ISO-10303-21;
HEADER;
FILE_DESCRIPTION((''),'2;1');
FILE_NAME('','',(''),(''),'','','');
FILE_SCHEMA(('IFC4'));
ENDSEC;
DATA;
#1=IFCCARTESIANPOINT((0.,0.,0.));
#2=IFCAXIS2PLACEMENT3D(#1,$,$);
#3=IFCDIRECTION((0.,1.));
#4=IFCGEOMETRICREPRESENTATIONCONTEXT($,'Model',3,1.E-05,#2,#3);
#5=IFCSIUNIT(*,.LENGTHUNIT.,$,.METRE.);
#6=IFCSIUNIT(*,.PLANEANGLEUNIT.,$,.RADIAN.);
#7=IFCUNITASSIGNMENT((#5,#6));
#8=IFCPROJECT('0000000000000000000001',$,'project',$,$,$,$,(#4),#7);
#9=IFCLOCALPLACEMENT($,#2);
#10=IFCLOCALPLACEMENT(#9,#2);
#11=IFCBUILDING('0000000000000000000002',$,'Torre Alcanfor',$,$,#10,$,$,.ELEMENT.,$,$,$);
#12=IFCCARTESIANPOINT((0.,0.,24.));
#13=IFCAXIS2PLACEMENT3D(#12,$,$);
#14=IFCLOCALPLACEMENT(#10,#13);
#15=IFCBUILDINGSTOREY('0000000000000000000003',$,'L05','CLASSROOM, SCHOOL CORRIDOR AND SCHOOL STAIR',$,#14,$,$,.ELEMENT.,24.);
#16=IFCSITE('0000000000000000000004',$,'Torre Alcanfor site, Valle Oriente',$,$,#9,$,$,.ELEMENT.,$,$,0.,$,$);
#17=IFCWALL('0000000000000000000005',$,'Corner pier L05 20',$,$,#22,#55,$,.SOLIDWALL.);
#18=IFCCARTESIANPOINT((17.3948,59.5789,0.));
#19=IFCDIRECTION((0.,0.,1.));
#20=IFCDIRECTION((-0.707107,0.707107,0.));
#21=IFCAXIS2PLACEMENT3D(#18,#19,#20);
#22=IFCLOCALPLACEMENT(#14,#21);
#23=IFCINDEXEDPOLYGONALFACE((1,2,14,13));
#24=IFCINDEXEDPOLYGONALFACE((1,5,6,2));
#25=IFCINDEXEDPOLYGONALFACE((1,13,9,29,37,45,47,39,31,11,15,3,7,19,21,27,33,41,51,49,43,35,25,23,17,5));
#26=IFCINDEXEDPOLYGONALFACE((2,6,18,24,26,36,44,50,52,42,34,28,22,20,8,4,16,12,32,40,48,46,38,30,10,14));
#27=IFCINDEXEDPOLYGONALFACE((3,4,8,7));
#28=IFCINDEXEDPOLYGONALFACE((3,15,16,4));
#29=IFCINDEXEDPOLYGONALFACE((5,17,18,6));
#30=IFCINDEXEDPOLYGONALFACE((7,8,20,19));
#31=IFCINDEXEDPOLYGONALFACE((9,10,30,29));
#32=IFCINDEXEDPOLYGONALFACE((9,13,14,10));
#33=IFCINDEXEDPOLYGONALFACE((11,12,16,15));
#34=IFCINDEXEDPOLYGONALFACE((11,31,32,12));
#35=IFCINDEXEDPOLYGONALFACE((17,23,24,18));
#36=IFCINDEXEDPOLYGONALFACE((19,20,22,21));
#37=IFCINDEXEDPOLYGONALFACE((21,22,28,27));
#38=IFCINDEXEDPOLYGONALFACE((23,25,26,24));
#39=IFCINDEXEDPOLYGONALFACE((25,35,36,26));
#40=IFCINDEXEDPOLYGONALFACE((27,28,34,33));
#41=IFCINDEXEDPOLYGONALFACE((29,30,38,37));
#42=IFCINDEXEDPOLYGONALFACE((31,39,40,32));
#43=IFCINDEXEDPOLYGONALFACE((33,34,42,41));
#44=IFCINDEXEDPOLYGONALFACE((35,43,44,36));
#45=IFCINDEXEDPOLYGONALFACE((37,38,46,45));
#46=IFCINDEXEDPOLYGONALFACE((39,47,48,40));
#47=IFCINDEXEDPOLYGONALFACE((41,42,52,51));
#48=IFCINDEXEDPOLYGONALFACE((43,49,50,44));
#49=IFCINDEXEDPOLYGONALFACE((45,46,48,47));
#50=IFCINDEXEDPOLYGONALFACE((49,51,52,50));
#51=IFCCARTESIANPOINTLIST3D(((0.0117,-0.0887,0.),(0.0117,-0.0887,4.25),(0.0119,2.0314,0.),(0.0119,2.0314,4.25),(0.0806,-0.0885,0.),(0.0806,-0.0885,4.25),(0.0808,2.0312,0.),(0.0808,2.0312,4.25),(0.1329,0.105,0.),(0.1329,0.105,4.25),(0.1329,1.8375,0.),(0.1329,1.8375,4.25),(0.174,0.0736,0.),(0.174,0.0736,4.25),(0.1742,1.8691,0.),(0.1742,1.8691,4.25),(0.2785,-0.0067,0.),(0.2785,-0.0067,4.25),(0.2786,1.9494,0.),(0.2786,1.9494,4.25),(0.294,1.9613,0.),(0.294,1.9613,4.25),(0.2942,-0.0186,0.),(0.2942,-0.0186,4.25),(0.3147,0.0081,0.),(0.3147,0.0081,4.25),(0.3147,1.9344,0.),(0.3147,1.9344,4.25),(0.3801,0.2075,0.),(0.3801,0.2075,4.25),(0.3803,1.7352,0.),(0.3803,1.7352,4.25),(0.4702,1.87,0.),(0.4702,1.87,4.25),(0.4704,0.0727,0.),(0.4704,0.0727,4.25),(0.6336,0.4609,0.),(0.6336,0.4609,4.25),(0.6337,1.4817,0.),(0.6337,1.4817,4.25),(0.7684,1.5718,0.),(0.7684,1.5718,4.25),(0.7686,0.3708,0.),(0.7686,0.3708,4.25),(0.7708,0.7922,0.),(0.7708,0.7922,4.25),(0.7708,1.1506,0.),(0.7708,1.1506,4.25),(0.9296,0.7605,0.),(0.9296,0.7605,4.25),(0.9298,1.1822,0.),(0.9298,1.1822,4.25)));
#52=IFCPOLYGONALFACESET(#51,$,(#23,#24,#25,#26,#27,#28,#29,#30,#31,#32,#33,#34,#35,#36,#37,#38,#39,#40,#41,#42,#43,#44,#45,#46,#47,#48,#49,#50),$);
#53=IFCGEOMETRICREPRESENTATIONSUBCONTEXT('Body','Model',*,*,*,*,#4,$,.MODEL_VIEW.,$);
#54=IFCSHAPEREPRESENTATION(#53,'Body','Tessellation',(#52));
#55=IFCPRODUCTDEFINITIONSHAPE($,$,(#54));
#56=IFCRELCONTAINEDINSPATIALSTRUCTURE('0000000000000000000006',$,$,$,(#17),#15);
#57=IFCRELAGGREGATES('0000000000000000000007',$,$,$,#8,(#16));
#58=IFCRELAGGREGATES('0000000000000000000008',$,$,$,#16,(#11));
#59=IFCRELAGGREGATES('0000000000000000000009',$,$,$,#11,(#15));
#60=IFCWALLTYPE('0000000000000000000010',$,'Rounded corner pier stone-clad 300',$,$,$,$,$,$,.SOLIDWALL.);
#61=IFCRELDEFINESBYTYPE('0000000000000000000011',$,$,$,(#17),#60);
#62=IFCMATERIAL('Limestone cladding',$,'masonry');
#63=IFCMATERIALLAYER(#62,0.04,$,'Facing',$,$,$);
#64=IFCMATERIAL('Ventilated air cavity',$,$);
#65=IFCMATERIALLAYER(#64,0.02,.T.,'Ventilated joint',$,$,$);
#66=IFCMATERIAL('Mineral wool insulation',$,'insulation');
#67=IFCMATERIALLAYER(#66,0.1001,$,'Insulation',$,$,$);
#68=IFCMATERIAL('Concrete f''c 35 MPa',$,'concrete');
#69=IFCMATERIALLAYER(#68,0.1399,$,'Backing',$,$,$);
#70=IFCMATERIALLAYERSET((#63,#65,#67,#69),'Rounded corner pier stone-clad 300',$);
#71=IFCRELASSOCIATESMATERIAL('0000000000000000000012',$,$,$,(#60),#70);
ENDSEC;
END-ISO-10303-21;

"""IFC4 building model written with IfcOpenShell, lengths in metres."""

from ifc_helpers import new_model, si_unit, direction, frame, origin, place, context, subcontext, project, spatial, polyline, outline, extrude, material, layer, layer_set, type_object, element, save


model = new_model("IFC4")

# Units and contexts
model_context = context("Model", 3, precision=1e-05, world=origin(), true_north=direction((0.0, 1.0)))
body_context = subcontext(model_context, "Body", "Model", "MODEL_VIEW")
ifc_project = project(units=[si_unit("LENGTHUNIT", "METRE"), si_unit("PLANEANGLEUNIT", "RADIAN")], contexts=[model_context])

# Site, building, storey
site_placement = place(None, origin())
site = spatial("IfcSite", under=ifc_project, at=site_placement, Name="Torre Alcanfor site, Valle Oriente", CompositionType="ELEMENT", RefElevation=0.0)
building_placement = place(site_placement, origin())
building = spatial("IfcBuilding", under=site, at=building_placement, Name="Torre Alcanfor", CompositionType="ELEMENT")
storey_placement = place(building_placement, frame((0.0, 0.0, 24.0)))
storey = spatial("IfcBuildingStorey", under=building, at=storey_placement, Name="L05", Description="CLASSROOM, SCHOOL CORRIDOR AND SCHOOL STAIR", CompositionType="ELEMENT", Elevation=24.0)

# Wall
ifc_material_1 = material(Name="Limestone cladding", Category="masonry")
ifc_layer_1 = layer(ifc_material_1, 0.04, Name="Facing")
ifc_material_2 = material(Name="Ventilated air cavity")
ifc_layer_2 = layer(ifc_material_2, 0.02, ventilated=True, Name="Ventilated joint")
ifc_material_3 = material(Name="Mineral wool insulation", Category="insulation")
ifc_layer_3 = layer(ifc_material_3, 0.1001, Name="Insulation")
ifc_material_4 = material(Name="Concrete f'c 35 MPa", Category="concrete")
ifc_layer_4 = layer(ifc_material_4, 0.1399, Name="Backing")
ifc_layer_set_1 = layer_set([ifc_layer_1, ifc_layer_2, ifc_layer_3, ifc_layer_4], Name="Rounded corner pier stone-clad 300")
wall_type_1 = type_object("IfcWallType", Name="Rounded corner pier stone-clad 300", PredefinedType="SOLIDWALL", material=ifc_layer_set_1)
wall_1_placement = place(storey_placement, frame((17.3948, 59.5789, 0.0), z_axis=(0.0, 0.0, 1.0), x_axis=(-0.707107, 0.707107, 0.0)))
element("IfcWall", 1, at=wall_1_placement, inside=storey, type_object=wall_type_1, Name="Corner pier L05 20", PredefinedType="SOLIDWALL", context=body_context, shape_type="SweptSolid", body=[
    extrude(outline(polyline([(0.0117, -0.0887), (0.0806, -0.0885), (0.2785, -0.0067), (0.2942, -0.0186), (0.3147, 0.0081), (0.4704, 0.0727), (0.7686, 0.3708), (0.9296, 0.7605), (0.9298, 1.1822), (0.7684, 1.5718), (0.4702, 1.87), (0.3147, 1.9344), (0.294, 1.9613), (0.2786, 1.9494), (0.0808, 2.0312), (0.0119, 2.0314), (0.1742, 1.8691), (0.1329, 1.8375), (0.3803, 1.7352), (0.6337, 1.4817), (0.7708, 1.1506), (0.7708, 0.7922), (0.6336, 0.4609), (0.3801, 0.2075), (0.1329, 0.105), (0.174, 0.0736), (0.0117, -0.0887)])), origin(), (0.0, 0.0, 1.0), 4.25),
])

save(model, "model.ifc")
